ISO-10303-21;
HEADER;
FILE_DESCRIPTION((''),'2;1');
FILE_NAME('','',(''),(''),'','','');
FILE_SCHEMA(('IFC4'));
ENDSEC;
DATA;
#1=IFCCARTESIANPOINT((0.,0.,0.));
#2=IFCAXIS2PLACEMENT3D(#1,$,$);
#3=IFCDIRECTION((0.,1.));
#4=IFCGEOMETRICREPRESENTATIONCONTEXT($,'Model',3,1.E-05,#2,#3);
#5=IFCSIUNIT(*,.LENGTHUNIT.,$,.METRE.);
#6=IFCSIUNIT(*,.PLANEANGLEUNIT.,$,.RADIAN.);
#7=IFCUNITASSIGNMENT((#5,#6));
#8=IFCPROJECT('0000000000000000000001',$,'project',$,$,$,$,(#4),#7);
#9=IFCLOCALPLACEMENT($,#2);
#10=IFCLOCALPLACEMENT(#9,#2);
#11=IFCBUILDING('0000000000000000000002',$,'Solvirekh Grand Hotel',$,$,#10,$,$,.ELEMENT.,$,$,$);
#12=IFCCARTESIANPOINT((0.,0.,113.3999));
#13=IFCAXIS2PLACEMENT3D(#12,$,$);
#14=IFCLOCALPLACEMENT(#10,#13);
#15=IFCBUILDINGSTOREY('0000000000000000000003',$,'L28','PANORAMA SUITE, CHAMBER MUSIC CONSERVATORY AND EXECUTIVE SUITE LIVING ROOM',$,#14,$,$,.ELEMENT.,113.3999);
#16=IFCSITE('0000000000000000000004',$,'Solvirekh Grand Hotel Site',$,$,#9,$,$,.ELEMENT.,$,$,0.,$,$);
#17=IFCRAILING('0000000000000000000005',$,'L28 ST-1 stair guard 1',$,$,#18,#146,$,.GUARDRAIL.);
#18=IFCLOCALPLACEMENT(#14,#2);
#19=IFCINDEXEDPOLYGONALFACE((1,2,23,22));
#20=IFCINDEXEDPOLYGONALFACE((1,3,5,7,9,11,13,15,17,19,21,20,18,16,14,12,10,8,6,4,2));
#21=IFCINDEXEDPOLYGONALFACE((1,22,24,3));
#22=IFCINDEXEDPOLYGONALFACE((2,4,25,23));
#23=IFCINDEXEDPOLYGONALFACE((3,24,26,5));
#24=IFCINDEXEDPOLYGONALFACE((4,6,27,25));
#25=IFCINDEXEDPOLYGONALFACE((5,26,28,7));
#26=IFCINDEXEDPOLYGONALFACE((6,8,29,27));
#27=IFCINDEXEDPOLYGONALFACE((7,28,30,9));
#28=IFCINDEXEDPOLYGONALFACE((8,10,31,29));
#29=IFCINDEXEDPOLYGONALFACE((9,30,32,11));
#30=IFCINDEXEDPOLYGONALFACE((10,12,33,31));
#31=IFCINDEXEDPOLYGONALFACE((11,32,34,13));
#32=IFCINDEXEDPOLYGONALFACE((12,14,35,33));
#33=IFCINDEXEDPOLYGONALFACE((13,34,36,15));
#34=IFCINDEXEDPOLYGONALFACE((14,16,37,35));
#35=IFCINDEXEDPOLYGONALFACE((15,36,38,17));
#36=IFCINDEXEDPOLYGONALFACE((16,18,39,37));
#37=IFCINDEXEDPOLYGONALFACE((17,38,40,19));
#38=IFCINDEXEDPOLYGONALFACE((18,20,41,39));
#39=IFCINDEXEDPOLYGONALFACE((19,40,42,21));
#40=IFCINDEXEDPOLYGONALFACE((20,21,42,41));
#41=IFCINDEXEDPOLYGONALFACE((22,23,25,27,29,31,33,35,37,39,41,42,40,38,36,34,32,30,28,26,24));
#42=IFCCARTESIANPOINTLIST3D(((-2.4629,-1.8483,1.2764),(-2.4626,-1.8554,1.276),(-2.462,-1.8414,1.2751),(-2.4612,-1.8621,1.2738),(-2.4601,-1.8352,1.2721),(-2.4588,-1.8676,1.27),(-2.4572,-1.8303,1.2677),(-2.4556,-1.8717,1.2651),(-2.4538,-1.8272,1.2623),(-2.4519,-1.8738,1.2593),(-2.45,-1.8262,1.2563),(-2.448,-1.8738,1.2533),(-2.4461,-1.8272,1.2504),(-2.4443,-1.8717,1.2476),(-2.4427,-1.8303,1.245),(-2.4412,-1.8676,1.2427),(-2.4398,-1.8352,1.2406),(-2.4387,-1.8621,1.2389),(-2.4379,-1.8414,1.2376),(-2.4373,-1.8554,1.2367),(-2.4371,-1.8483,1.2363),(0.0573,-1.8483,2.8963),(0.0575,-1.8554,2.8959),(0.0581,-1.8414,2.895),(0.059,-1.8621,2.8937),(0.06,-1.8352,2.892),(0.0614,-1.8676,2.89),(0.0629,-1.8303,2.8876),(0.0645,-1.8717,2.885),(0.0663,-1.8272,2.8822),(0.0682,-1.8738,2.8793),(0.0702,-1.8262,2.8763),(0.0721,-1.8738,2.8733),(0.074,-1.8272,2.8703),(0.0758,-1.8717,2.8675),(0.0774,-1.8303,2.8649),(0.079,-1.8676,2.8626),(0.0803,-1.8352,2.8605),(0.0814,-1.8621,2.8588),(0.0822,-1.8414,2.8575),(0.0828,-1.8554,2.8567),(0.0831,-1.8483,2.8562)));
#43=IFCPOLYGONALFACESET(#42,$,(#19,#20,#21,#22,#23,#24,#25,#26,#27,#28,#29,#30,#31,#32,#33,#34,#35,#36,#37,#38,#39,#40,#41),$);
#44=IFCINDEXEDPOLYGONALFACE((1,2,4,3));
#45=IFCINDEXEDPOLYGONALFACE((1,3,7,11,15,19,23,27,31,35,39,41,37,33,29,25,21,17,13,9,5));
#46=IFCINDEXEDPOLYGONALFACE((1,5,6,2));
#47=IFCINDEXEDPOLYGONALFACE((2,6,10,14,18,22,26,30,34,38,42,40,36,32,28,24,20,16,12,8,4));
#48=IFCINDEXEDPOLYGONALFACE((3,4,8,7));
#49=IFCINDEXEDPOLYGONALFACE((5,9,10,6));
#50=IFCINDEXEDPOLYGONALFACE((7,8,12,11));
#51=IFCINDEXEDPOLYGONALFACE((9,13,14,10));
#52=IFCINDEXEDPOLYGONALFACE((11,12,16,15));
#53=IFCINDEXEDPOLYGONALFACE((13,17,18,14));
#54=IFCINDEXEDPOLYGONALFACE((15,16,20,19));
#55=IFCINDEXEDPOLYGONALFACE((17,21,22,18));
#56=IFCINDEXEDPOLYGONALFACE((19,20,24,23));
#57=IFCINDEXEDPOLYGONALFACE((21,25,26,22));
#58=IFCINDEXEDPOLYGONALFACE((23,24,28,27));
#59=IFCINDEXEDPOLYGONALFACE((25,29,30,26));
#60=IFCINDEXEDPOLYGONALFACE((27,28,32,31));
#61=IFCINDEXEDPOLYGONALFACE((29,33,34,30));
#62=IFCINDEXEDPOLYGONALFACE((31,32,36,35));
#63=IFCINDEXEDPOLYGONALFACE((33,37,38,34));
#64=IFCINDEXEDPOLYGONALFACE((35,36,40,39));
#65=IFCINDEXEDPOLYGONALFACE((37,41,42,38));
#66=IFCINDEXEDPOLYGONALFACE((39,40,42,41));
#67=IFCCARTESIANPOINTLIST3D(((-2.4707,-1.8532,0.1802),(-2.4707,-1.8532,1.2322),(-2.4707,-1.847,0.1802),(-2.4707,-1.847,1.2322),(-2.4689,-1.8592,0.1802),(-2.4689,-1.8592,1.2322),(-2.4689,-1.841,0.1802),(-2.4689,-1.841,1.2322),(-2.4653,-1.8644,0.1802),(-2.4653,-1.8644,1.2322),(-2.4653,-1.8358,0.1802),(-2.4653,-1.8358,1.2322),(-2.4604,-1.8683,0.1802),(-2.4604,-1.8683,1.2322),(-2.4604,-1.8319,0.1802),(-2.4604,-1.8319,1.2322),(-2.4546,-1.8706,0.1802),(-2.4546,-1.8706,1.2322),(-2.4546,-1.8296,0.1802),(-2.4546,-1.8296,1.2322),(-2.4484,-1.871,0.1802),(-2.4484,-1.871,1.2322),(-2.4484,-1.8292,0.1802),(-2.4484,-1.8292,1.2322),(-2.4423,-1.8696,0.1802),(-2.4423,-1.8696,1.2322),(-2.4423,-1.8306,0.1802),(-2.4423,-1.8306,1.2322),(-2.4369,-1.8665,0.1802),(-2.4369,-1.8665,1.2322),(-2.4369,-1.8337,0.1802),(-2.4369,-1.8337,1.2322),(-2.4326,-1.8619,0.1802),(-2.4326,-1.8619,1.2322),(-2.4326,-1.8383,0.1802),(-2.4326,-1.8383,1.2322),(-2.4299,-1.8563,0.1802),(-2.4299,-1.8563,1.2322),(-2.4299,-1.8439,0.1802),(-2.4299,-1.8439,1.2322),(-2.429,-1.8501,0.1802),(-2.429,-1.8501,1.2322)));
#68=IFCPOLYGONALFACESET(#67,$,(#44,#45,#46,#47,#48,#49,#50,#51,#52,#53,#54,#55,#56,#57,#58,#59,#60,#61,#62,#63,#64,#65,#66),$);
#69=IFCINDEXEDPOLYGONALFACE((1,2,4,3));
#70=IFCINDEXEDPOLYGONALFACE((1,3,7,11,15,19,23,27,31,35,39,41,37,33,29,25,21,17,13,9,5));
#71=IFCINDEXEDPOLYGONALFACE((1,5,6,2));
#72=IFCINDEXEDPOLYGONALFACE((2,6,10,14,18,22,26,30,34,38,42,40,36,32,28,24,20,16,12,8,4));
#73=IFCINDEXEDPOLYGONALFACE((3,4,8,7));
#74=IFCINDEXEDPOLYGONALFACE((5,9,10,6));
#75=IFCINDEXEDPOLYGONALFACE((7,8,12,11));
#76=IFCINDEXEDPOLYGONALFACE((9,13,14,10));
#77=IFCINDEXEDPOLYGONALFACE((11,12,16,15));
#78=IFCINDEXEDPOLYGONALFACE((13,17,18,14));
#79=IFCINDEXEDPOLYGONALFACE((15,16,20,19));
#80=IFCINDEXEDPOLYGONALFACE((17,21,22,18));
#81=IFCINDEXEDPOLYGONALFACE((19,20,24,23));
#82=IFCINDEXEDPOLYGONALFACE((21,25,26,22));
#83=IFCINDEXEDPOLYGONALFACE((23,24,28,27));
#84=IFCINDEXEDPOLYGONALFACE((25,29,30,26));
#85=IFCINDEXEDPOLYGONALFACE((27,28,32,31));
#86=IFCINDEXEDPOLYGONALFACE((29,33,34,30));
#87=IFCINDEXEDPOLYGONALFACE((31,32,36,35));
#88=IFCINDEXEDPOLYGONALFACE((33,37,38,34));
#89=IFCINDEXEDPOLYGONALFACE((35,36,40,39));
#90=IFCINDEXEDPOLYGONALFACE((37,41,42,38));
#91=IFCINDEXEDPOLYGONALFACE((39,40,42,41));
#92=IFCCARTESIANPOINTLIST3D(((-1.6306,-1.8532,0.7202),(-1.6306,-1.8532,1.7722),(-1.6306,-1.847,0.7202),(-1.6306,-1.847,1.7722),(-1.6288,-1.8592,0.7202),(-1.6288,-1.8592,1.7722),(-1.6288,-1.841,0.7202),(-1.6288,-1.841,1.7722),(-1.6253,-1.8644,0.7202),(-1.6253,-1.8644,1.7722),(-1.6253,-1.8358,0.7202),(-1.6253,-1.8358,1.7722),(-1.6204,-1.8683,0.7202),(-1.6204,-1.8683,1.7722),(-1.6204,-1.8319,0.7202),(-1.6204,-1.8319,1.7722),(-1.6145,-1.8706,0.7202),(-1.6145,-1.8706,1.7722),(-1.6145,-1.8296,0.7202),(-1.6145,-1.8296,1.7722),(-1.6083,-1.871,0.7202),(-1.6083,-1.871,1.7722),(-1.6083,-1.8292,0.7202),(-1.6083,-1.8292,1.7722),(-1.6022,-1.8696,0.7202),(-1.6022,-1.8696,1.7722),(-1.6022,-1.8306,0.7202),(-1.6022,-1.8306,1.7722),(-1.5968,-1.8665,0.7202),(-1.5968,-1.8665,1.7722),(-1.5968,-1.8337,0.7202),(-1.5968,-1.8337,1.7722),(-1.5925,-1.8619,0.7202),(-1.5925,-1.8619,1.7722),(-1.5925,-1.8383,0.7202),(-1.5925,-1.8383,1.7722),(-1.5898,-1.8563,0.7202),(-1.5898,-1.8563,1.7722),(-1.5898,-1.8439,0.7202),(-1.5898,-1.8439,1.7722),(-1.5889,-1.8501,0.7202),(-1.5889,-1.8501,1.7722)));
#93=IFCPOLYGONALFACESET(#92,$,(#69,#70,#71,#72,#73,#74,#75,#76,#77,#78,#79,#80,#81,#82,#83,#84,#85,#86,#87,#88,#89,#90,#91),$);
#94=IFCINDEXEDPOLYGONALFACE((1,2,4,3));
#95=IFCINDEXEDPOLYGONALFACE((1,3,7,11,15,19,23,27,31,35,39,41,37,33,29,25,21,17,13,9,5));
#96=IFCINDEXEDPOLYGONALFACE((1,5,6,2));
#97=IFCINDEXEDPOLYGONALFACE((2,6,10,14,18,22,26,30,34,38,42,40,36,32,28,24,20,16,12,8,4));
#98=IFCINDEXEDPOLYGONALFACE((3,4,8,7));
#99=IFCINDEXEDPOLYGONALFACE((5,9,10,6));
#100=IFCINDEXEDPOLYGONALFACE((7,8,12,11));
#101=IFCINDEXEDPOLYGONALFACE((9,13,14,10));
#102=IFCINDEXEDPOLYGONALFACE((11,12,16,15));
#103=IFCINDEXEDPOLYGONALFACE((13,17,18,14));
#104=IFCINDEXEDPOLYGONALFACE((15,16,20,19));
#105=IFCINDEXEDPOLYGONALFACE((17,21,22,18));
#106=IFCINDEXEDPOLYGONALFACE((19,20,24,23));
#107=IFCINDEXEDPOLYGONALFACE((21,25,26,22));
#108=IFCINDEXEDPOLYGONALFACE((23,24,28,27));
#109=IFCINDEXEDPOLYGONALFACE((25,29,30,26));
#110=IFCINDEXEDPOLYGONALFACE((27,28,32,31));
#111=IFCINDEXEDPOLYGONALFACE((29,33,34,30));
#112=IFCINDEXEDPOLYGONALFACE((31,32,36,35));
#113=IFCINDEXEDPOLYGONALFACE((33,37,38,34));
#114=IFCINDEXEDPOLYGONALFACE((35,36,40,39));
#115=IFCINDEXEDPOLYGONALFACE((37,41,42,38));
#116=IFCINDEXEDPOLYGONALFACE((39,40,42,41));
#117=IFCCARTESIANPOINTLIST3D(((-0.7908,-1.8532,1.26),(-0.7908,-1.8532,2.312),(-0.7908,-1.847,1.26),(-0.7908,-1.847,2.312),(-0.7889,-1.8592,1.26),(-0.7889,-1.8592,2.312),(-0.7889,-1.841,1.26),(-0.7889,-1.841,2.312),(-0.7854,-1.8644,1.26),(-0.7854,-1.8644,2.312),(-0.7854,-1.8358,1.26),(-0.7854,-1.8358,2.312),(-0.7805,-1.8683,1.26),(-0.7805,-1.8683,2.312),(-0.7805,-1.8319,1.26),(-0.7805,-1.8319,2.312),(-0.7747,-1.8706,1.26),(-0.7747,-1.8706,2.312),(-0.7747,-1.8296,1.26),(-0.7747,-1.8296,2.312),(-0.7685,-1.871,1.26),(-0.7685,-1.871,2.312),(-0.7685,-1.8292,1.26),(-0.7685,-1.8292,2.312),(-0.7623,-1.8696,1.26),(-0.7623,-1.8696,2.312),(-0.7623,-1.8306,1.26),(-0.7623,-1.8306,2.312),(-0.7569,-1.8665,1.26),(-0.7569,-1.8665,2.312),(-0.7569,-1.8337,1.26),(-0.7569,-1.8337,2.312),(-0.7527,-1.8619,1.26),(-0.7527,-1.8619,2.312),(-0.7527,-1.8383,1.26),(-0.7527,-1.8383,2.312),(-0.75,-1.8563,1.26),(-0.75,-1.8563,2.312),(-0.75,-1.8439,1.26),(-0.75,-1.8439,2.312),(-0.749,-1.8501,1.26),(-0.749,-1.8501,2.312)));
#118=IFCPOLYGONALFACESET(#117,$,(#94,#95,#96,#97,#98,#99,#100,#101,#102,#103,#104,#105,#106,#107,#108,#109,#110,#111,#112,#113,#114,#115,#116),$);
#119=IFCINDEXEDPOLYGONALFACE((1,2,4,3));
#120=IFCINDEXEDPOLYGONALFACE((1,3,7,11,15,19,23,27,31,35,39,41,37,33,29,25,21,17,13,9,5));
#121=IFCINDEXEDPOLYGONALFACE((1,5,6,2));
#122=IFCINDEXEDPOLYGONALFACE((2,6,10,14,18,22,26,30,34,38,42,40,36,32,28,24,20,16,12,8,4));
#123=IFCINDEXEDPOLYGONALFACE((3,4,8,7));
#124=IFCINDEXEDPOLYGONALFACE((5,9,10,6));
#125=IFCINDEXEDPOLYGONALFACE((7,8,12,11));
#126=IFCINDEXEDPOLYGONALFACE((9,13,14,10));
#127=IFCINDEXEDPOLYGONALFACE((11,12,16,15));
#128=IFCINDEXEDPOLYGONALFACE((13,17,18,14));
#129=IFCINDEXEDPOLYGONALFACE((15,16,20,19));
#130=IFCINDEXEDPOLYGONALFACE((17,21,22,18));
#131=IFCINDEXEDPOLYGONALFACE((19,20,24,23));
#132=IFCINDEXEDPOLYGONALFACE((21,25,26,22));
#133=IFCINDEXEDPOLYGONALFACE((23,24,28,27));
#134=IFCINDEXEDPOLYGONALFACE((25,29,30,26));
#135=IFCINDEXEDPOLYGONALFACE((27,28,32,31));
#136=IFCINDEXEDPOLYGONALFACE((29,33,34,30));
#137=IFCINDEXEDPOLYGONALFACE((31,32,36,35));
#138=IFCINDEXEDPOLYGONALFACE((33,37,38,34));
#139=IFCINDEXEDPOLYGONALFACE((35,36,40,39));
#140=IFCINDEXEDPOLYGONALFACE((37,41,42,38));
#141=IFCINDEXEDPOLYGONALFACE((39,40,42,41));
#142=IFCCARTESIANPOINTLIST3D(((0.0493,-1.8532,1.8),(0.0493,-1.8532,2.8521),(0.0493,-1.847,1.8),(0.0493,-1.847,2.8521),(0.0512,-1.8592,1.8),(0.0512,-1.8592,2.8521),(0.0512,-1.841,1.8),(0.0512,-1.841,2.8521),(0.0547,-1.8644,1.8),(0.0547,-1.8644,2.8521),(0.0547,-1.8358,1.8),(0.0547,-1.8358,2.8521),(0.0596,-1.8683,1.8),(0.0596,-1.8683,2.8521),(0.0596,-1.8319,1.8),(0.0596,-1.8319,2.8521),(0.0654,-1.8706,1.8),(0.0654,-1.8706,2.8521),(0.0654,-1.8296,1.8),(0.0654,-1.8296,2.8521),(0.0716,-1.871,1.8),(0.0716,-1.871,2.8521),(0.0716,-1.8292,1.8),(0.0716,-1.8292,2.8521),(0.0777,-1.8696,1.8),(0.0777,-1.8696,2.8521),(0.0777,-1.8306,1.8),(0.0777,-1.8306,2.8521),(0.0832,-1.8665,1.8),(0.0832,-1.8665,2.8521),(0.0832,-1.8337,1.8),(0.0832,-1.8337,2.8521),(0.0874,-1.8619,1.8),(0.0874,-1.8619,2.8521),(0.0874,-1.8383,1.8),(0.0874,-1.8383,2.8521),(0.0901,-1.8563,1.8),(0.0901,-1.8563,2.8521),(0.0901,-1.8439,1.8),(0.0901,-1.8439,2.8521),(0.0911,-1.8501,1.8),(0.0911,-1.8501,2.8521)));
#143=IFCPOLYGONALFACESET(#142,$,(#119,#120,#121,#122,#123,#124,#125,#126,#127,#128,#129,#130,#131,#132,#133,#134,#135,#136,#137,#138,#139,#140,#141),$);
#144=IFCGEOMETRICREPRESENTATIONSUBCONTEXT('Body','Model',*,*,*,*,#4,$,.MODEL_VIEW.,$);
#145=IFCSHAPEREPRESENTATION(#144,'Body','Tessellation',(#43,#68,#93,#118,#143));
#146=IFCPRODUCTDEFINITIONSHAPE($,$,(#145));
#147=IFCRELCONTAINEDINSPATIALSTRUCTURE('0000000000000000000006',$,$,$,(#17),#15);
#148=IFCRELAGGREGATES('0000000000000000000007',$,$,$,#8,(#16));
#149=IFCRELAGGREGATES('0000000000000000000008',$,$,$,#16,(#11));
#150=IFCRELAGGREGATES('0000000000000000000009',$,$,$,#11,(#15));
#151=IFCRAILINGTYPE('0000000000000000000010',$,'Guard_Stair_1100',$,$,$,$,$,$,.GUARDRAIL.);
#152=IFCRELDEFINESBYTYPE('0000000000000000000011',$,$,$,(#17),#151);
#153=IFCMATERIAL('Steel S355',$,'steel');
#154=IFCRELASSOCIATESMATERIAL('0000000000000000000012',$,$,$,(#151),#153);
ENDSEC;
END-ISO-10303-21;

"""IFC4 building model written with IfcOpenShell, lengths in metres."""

from ifc_helpers import new_model, si_unit, direction, frame, origin, origin_2d, place, context, subcontext, project, spatial, circle, extrude, material, type_object, element, save


model = new_model("IFC4")

# Units and contexts
model_context = context("Model", 3, precision=1e-05, world=origin(), true_north=direction((0.0, 1.0)))
body_context = subcontext(model_context, "Body", "Model", "MODEL_VIEW")
ifc_project = project(units=[si_unit("LENGTHUNIT", "METRE"), si_unit("PLANEANGLEUNIT", "RADIAN")], contexts=[model_context])

# Site, building, storey
site_placement = place(None, origin())
site = spatial("IfcSite", under=ifc_project, at=site_placement, Name="Solvirekh Grand Hotel Site", CompositionType="ELEMENT", RefElevation=0.0)
building_placement = place(site_placement, origin())
building = spatial("IfcBuilding", under=site, at=building_placement, Name="Solvirekh Grand Hotel", CompositionType="ELEMENT")
storey_placement = place(building_placement, frame((0.0, 0.0, 113.3999)))
storey = spatial("IfcBuildingStorey", under=building, at=storey_placement, Name="L28", Description="PANORAMA SUITE, CHAMBER MUSIC CONSERVATORY AND EXECUTIVE SUITE LIVING ROOM", CompositionType="ELEMENT", Elevation=113.3999)

# Railing
ifc_material_1 = material(Name="Steel S355", Category="steel")
railing_type_1 = type_object("IfcRailingType", Name="Guard_Stair_1100", PredefinedType="GUARDRAIL", material=ifc_material_1)
railing_1_placement = place(storey_placement, frame((-2.45, -1.8501, 0.1802)))
element("IfcRailing", 1, at=railing_1_placement, inside=storey, type_object=railing_type_1, Name="L28 ST-1 stair guard 1", PredefinedType="GUARDRAIL", context=body_context, shape_type="SweptSolid", body=[
    extrude(circle(Radius=0.0239, at=origin_2d()), frame((0.0, 0.0, 1.0762), z_axis=(0.8412, 0.0, 0.540725), x_axis=(0.0, 1.0, 0.0)), (0.0, 0.0, 1.0), 2.9958),
    extrude(circle(Radius=0.021, at=origin_2d()), origin(), (0.0, 0.0, 1.0), 1.052),
    extrude(circle(Radius=0.021, at=origin_2d()), frame((0.8401, 0.0, 0.54)), (0.0, 0.0, 1.0), 1.052),
    extrude(circle(Radius=0.021, at=origin_2d()), frame((1.6799, 0.0, 1.0798)), (0.0, 0.0, 1.0), 1.052),
    extrude(circle(Radius=0.021, at=origin_2d()), frame((2.52, 0.0, 1.6199)), (0.0, 0.0, 1.0), 1.052),
])

save(model, "model.ifc")
